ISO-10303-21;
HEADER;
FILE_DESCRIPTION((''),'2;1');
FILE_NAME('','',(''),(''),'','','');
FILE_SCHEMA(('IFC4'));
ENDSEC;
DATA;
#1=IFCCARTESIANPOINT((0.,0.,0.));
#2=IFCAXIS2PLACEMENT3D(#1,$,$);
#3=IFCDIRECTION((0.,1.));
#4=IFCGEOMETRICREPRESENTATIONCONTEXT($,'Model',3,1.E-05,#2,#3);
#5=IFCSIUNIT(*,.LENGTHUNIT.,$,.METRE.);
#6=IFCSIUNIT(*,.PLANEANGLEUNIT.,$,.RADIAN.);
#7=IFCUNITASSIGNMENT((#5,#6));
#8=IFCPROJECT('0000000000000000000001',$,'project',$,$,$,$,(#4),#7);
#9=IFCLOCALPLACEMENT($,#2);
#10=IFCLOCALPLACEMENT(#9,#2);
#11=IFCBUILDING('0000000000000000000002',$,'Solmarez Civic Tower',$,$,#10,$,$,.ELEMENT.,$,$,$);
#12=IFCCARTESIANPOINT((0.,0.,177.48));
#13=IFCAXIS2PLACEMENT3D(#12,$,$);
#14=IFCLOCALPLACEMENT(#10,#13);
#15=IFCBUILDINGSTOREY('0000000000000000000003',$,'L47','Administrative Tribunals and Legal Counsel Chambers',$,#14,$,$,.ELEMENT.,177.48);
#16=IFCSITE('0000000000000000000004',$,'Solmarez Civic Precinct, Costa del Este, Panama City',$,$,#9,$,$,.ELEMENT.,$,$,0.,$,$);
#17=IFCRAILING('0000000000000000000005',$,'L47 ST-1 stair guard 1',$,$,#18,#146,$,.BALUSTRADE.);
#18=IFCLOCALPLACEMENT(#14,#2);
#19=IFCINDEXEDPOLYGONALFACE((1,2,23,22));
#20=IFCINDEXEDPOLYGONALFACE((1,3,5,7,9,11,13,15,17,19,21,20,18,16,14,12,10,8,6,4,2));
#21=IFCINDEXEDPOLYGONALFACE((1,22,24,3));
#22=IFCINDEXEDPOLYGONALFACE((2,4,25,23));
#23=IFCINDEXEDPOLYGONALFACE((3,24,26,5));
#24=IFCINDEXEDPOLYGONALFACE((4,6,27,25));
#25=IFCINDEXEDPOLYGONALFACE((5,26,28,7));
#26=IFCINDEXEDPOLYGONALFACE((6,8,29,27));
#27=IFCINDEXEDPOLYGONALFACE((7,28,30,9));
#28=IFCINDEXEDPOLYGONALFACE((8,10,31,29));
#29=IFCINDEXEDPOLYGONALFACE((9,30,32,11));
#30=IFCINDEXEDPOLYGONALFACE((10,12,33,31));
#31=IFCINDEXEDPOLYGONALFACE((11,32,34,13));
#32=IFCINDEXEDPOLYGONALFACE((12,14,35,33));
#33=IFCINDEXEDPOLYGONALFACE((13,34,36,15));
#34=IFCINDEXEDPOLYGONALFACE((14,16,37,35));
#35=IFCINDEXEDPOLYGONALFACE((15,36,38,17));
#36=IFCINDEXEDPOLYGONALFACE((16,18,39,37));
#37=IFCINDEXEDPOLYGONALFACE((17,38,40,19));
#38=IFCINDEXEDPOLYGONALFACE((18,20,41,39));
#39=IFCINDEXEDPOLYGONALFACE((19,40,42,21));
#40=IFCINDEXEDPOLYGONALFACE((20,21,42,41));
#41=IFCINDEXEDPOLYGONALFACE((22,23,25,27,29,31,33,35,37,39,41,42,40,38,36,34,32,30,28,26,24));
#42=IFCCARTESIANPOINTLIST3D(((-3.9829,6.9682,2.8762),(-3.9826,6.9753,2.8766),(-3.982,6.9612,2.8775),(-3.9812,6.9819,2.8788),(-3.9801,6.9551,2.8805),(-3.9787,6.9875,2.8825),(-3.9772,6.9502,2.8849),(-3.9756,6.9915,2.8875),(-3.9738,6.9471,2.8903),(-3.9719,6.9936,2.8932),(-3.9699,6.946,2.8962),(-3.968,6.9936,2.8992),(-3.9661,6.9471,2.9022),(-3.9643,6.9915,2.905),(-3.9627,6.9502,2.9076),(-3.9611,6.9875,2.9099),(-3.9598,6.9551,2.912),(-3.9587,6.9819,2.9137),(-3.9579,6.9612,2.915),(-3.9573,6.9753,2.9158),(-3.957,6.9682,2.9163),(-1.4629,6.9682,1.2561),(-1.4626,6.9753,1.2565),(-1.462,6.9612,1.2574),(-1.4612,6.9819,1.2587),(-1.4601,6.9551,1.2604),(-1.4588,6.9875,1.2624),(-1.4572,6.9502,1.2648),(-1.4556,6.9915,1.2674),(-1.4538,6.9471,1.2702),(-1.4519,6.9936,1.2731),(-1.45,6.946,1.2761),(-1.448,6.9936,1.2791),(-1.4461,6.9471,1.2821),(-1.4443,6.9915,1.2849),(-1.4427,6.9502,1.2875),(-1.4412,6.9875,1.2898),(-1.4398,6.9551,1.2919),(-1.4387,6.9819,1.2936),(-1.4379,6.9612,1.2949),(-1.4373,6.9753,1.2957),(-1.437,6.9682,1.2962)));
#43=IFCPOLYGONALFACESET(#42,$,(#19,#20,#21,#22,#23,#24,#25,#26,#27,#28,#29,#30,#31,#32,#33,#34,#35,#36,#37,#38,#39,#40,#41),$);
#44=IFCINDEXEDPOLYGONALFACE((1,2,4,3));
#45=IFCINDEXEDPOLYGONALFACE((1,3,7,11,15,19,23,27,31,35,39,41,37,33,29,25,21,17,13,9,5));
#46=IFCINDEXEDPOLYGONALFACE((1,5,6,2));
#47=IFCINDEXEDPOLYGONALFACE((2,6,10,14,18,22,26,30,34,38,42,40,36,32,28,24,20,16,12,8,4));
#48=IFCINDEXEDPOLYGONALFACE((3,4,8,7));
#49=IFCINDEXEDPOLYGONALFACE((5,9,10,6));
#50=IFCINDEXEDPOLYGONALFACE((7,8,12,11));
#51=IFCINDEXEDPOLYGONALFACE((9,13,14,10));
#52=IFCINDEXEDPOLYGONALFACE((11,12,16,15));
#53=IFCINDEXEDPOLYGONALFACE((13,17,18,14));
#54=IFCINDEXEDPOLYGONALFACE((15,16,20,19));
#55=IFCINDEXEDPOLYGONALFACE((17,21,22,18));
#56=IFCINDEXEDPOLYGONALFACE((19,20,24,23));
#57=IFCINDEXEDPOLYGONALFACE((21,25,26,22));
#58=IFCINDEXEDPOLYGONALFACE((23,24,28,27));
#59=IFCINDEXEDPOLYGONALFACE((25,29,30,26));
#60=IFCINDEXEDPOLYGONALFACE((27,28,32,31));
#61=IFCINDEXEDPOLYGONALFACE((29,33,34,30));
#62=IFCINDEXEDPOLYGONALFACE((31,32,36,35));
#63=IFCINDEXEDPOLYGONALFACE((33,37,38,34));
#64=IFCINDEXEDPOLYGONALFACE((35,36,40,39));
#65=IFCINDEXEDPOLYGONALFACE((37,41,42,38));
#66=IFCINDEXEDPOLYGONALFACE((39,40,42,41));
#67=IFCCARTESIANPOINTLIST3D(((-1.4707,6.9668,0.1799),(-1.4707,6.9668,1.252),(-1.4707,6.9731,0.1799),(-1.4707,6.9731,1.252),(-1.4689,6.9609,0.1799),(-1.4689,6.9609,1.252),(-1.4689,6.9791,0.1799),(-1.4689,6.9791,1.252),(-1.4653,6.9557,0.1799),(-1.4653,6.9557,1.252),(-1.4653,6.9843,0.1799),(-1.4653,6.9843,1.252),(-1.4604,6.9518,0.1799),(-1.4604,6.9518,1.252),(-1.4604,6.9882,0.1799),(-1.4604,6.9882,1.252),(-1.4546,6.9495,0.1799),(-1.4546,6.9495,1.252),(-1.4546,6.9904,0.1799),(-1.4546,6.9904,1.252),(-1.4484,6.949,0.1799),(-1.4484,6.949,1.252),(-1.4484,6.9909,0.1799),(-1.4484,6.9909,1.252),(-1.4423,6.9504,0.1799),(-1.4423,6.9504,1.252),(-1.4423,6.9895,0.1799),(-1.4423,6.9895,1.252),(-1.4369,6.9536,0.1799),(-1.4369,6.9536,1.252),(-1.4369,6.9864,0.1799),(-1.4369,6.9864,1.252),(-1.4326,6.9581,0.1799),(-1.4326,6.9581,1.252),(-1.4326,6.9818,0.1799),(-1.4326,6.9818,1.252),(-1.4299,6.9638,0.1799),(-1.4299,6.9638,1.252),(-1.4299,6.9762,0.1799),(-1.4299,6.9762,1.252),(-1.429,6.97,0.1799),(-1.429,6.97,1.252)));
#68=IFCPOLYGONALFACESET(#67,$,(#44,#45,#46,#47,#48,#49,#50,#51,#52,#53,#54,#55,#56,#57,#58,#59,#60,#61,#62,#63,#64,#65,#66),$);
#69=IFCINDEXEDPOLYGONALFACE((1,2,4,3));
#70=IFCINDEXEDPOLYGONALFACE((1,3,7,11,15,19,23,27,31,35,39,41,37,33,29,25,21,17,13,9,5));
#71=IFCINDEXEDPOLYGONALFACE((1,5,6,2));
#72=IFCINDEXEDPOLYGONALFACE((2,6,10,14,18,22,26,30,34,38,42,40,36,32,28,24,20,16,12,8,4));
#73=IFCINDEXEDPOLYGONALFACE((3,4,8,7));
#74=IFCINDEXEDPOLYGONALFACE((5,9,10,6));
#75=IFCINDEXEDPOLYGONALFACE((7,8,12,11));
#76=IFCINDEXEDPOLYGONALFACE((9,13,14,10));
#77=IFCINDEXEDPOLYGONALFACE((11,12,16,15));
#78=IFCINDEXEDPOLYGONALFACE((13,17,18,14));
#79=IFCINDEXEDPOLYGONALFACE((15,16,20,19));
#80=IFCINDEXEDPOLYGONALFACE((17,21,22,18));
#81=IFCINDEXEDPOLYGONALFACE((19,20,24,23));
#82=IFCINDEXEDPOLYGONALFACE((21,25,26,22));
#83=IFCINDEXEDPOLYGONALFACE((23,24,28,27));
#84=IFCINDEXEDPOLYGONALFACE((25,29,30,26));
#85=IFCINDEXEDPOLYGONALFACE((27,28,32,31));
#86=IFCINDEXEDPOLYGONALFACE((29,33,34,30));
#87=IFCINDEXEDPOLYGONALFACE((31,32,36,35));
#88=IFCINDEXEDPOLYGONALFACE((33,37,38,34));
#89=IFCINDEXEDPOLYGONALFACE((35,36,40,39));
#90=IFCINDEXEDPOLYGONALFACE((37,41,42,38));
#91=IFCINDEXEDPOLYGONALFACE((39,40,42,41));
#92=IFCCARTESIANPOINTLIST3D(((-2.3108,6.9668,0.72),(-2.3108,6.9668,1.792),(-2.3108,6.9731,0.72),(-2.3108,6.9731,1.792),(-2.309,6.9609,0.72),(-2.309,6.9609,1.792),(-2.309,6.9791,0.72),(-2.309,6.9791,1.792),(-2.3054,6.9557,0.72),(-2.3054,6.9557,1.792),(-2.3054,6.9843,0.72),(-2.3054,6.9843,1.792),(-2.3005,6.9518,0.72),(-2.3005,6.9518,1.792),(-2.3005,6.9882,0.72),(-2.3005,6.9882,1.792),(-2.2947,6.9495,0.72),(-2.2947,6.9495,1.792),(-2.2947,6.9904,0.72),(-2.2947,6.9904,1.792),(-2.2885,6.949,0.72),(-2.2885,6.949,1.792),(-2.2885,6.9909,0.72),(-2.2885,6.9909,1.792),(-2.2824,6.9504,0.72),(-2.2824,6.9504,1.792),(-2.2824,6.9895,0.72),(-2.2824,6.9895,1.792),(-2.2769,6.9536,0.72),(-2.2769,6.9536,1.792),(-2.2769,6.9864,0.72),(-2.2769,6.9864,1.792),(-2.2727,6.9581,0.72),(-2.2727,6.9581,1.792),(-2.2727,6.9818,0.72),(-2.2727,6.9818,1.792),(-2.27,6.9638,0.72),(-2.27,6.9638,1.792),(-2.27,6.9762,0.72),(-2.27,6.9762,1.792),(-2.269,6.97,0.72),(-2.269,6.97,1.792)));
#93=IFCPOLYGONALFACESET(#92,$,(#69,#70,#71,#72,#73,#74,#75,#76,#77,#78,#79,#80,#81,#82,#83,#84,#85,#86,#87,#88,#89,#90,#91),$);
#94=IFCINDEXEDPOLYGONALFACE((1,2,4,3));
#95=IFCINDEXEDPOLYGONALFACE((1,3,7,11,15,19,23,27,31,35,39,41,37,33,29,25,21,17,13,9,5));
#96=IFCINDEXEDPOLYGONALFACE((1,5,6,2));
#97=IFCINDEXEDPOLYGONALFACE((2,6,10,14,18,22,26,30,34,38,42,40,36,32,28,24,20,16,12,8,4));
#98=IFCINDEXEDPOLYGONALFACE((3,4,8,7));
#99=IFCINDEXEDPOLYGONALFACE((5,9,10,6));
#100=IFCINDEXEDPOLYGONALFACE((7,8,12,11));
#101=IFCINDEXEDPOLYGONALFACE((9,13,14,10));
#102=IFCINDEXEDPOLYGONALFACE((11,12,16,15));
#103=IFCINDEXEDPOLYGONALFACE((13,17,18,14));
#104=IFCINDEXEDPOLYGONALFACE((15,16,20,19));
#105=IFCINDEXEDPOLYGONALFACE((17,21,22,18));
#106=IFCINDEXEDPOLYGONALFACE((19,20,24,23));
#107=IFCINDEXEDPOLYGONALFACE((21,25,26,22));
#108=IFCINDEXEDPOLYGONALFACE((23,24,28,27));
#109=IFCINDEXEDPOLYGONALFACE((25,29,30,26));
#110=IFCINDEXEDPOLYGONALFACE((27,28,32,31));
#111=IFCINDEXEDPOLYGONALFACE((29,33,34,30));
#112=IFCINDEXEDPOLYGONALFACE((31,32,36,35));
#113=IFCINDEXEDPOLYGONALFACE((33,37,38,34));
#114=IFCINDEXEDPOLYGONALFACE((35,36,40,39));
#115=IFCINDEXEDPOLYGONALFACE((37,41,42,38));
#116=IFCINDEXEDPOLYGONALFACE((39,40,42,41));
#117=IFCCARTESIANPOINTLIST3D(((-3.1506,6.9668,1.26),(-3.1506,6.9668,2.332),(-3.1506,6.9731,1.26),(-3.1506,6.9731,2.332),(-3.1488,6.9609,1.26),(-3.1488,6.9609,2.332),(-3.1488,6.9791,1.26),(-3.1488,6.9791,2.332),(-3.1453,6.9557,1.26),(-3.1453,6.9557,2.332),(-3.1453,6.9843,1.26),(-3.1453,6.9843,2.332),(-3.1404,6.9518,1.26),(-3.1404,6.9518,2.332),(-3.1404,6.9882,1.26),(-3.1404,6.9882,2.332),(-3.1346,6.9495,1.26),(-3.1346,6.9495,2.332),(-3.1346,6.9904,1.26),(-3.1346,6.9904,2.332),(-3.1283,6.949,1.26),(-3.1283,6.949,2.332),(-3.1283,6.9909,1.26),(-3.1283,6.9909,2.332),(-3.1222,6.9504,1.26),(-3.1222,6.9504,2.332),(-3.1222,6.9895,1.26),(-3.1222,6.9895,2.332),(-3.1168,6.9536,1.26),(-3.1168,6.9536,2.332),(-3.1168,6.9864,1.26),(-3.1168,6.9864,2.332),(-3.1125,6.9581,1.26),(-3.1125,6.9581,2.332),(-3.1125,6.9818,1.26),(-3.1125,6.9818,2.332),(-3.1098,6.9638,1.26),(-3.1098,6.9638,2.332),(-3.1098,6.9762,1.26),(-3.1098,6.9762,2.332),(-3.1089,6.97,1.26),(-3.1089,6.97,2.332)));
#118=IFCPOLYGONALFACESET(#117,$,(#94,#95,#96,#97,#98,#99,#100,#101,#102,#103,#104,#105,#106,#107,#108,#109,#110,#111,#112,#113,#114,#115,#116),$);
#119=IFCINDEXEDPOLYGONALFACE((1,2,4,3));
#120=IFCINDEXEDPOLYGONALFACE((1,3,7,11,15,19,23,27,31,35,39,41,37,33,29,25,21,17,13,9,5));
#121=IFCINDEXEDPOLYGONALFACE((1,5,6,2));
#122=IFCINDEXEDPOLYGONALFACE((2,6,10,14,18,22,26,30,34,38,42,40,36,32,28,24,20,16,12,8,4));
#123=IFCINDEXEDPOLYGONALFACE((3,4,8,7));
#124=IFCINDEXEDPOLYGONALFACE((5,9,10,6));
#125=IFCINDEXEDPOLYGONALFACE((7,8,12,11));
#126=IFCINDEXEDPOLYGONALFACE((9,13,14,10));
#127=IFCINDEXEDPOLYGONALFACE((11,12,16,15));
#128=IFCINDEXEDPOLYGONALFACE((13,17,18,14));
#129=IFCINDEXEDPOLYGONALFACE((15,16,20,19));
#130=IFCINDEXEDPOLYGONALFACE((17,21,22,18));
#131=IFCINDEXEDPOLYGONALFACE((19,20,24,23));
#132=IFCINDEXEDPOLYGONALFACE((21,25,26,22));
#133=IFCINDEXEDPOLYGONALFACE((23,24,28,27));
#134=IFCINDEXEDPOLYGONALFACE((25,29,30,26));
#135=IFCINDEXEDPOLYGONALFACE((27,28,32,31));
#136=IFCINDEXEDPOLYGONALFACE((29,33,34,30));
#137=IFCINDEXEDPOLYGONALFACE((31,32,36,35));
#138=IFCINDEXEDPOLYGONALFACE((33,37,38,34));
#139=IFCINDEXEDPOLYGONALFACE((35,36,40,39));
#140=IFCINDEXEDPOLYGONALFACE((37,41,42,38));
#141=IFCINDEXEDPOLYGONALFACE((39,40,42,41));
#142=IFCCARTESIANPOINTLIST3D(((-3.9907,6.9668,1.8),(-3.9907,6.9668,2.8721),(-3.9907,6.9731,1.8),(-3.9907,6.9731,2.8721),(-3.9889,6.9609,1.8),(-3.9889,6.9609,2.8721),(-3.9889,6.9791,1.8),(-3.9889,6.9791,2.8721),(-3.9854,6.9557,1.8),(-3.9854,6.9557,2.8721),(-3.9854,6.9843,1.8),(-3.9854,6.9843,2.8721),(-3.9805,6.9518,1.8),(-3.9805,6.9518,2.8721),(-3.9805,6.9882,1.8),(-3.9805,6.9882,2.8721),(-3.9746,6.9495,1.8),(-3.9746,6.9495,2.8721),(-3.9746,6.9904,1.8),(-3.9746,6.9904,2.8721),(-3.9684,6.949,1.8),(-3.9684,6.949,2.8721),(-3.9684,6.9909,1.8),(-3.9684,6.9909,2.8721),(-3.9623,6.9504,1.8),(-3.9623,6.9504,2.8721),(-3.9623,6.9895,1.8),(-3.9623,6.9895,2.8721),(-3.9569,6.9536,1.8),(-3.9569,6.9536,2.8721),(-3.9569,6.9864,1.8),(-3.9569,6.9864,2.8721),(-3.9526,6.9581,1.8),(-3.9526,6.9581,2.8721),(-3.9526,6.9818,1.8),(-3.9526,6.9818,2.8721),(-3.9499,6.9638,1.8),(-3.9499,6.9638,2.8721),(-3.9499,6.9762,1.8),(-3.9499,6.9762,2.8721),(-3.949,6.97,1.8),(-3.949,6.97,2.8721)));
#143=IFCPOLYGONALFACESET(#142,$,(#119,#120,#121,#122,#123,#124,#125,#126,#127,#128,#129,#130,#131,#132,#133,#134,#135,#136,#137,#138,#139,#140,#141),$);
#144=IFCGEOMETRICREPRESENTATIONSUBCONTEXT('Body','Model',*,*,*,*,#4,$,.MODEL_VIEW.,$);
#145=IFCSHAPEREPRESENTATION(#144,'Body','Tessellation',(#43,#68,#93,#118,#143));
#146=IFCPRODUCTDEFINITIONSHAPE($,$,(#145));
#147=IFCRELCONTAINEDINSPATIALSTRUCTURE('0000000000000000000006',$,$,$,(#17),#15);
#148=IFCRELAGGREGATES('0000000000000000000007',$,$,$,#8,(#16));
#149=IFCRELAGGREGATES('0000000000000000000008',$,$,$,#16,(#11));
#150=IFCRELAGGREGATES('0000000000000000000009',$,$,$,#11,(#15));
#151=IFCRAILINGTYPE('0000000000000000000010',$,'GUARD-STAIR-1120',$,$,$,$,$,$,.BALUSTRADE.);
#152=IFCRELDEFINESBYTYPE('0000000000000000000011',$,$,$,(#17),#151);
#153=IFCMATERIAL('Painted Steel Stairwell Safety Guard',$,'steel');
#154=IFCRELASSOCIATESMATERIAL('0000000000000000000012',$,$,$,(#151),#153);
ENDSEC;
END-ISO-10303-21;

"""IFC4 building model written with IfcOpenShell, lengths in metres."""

from ifc_helpers import new_model, si_unit, direction, frame, origin, origin_2d, place, context, subcontext, project, spatial, circle, extrude, material, type_object, element, save


model = new_model("IFC4")

# Units and contexts
model_context = context("Model", 3, precision=1e-05, world=origin(), true_north=direction((0.0, 1.0)))
body_context = subcontext(model_context, "Body", "Model", "MODEL_VIEW")
ifc_project = project(units=[si_unit("LENGTHUNIT", "METRE"), si_unit("PLANEANGLEUNIT", "RADIAN")], contexts=[model_context])

# Site, building, storey
site_placement = place(None, origin())
site = spatial("IfcSite", under=ifc_project, at=site_placement, Name="Solmarez Civic Precinct, Costa del Este, Panama City", CompositionType="ELEMENT", RefElevation=0.0)
building_placement = place(site_placement, origin())
building = spatial("IfcBuilding", under=site, at=building_placement, Name="Solmarez Civic Tower", CompositionType="ELEMENT")
storey_placement = place(building_placement, frame((0.0, 0.0, 177.48)))
storey = spatial("IfcBuildingStorey", under=building, at=storey_placement, Name="L47", Description="Administrative Tribunals and Legal Counsel Chambers", CompositionType="ELEMENT", Elevation=177.48)

# Railing
ifc_material_1 = material(Name="Painted Steel Stairwell Safety Guard", Category="steel")
railing_type_1 = type_object("IfcRailingType", Name="GUARD-STAIR-1120", PredefinedType="BALUSTRADE", material=ifc_material_1)
railing_1_placement = place(storey_placement, frame((-1.45, 6.97, 0.1799)))
element("IfcRailing", 1, at=railing_1_placement, inside=storey, type_object=railing_type_1, Name="L47 ST-1 stair guard 1", PredefinedType="BALUSTRADE", context=body_context, shape_type="SweptSolid", body=[
    extrude(circle(Radius=0.0239, at=origin_2d()), frame((0.0, 0.0, 1.0962), z_axis=(-0.841163, 0.0, 0.540782), x_axis=(0.0, -1.0, 0.0)), (0.0, 0.0, 1.0), 2.9958),
    extrude(circle(Radius=0.021, at=origin_2d()), origin(), (0.0, 0.0, 1.0), 1.072),
    extrude(circle(Radius=0.021, at=origin_2d()), frame((-0.8401, 0.0, 0.54)), (0.0, 0.0, 1.0), 1.072),
    extrude(circle(Radius=0.021, at=origin_2d()), frame((-1.6799, 0.0, 1.0801)), (0.0, 0.0, 1.0), 1.072),
    extrude(circle(Radius=0.021, at=origin_2d()), frame((-2.52, 0.0, 1.6201)), (0.0, 0.0, 1.0), 1.072),
])

save(model, "model.ifc")
